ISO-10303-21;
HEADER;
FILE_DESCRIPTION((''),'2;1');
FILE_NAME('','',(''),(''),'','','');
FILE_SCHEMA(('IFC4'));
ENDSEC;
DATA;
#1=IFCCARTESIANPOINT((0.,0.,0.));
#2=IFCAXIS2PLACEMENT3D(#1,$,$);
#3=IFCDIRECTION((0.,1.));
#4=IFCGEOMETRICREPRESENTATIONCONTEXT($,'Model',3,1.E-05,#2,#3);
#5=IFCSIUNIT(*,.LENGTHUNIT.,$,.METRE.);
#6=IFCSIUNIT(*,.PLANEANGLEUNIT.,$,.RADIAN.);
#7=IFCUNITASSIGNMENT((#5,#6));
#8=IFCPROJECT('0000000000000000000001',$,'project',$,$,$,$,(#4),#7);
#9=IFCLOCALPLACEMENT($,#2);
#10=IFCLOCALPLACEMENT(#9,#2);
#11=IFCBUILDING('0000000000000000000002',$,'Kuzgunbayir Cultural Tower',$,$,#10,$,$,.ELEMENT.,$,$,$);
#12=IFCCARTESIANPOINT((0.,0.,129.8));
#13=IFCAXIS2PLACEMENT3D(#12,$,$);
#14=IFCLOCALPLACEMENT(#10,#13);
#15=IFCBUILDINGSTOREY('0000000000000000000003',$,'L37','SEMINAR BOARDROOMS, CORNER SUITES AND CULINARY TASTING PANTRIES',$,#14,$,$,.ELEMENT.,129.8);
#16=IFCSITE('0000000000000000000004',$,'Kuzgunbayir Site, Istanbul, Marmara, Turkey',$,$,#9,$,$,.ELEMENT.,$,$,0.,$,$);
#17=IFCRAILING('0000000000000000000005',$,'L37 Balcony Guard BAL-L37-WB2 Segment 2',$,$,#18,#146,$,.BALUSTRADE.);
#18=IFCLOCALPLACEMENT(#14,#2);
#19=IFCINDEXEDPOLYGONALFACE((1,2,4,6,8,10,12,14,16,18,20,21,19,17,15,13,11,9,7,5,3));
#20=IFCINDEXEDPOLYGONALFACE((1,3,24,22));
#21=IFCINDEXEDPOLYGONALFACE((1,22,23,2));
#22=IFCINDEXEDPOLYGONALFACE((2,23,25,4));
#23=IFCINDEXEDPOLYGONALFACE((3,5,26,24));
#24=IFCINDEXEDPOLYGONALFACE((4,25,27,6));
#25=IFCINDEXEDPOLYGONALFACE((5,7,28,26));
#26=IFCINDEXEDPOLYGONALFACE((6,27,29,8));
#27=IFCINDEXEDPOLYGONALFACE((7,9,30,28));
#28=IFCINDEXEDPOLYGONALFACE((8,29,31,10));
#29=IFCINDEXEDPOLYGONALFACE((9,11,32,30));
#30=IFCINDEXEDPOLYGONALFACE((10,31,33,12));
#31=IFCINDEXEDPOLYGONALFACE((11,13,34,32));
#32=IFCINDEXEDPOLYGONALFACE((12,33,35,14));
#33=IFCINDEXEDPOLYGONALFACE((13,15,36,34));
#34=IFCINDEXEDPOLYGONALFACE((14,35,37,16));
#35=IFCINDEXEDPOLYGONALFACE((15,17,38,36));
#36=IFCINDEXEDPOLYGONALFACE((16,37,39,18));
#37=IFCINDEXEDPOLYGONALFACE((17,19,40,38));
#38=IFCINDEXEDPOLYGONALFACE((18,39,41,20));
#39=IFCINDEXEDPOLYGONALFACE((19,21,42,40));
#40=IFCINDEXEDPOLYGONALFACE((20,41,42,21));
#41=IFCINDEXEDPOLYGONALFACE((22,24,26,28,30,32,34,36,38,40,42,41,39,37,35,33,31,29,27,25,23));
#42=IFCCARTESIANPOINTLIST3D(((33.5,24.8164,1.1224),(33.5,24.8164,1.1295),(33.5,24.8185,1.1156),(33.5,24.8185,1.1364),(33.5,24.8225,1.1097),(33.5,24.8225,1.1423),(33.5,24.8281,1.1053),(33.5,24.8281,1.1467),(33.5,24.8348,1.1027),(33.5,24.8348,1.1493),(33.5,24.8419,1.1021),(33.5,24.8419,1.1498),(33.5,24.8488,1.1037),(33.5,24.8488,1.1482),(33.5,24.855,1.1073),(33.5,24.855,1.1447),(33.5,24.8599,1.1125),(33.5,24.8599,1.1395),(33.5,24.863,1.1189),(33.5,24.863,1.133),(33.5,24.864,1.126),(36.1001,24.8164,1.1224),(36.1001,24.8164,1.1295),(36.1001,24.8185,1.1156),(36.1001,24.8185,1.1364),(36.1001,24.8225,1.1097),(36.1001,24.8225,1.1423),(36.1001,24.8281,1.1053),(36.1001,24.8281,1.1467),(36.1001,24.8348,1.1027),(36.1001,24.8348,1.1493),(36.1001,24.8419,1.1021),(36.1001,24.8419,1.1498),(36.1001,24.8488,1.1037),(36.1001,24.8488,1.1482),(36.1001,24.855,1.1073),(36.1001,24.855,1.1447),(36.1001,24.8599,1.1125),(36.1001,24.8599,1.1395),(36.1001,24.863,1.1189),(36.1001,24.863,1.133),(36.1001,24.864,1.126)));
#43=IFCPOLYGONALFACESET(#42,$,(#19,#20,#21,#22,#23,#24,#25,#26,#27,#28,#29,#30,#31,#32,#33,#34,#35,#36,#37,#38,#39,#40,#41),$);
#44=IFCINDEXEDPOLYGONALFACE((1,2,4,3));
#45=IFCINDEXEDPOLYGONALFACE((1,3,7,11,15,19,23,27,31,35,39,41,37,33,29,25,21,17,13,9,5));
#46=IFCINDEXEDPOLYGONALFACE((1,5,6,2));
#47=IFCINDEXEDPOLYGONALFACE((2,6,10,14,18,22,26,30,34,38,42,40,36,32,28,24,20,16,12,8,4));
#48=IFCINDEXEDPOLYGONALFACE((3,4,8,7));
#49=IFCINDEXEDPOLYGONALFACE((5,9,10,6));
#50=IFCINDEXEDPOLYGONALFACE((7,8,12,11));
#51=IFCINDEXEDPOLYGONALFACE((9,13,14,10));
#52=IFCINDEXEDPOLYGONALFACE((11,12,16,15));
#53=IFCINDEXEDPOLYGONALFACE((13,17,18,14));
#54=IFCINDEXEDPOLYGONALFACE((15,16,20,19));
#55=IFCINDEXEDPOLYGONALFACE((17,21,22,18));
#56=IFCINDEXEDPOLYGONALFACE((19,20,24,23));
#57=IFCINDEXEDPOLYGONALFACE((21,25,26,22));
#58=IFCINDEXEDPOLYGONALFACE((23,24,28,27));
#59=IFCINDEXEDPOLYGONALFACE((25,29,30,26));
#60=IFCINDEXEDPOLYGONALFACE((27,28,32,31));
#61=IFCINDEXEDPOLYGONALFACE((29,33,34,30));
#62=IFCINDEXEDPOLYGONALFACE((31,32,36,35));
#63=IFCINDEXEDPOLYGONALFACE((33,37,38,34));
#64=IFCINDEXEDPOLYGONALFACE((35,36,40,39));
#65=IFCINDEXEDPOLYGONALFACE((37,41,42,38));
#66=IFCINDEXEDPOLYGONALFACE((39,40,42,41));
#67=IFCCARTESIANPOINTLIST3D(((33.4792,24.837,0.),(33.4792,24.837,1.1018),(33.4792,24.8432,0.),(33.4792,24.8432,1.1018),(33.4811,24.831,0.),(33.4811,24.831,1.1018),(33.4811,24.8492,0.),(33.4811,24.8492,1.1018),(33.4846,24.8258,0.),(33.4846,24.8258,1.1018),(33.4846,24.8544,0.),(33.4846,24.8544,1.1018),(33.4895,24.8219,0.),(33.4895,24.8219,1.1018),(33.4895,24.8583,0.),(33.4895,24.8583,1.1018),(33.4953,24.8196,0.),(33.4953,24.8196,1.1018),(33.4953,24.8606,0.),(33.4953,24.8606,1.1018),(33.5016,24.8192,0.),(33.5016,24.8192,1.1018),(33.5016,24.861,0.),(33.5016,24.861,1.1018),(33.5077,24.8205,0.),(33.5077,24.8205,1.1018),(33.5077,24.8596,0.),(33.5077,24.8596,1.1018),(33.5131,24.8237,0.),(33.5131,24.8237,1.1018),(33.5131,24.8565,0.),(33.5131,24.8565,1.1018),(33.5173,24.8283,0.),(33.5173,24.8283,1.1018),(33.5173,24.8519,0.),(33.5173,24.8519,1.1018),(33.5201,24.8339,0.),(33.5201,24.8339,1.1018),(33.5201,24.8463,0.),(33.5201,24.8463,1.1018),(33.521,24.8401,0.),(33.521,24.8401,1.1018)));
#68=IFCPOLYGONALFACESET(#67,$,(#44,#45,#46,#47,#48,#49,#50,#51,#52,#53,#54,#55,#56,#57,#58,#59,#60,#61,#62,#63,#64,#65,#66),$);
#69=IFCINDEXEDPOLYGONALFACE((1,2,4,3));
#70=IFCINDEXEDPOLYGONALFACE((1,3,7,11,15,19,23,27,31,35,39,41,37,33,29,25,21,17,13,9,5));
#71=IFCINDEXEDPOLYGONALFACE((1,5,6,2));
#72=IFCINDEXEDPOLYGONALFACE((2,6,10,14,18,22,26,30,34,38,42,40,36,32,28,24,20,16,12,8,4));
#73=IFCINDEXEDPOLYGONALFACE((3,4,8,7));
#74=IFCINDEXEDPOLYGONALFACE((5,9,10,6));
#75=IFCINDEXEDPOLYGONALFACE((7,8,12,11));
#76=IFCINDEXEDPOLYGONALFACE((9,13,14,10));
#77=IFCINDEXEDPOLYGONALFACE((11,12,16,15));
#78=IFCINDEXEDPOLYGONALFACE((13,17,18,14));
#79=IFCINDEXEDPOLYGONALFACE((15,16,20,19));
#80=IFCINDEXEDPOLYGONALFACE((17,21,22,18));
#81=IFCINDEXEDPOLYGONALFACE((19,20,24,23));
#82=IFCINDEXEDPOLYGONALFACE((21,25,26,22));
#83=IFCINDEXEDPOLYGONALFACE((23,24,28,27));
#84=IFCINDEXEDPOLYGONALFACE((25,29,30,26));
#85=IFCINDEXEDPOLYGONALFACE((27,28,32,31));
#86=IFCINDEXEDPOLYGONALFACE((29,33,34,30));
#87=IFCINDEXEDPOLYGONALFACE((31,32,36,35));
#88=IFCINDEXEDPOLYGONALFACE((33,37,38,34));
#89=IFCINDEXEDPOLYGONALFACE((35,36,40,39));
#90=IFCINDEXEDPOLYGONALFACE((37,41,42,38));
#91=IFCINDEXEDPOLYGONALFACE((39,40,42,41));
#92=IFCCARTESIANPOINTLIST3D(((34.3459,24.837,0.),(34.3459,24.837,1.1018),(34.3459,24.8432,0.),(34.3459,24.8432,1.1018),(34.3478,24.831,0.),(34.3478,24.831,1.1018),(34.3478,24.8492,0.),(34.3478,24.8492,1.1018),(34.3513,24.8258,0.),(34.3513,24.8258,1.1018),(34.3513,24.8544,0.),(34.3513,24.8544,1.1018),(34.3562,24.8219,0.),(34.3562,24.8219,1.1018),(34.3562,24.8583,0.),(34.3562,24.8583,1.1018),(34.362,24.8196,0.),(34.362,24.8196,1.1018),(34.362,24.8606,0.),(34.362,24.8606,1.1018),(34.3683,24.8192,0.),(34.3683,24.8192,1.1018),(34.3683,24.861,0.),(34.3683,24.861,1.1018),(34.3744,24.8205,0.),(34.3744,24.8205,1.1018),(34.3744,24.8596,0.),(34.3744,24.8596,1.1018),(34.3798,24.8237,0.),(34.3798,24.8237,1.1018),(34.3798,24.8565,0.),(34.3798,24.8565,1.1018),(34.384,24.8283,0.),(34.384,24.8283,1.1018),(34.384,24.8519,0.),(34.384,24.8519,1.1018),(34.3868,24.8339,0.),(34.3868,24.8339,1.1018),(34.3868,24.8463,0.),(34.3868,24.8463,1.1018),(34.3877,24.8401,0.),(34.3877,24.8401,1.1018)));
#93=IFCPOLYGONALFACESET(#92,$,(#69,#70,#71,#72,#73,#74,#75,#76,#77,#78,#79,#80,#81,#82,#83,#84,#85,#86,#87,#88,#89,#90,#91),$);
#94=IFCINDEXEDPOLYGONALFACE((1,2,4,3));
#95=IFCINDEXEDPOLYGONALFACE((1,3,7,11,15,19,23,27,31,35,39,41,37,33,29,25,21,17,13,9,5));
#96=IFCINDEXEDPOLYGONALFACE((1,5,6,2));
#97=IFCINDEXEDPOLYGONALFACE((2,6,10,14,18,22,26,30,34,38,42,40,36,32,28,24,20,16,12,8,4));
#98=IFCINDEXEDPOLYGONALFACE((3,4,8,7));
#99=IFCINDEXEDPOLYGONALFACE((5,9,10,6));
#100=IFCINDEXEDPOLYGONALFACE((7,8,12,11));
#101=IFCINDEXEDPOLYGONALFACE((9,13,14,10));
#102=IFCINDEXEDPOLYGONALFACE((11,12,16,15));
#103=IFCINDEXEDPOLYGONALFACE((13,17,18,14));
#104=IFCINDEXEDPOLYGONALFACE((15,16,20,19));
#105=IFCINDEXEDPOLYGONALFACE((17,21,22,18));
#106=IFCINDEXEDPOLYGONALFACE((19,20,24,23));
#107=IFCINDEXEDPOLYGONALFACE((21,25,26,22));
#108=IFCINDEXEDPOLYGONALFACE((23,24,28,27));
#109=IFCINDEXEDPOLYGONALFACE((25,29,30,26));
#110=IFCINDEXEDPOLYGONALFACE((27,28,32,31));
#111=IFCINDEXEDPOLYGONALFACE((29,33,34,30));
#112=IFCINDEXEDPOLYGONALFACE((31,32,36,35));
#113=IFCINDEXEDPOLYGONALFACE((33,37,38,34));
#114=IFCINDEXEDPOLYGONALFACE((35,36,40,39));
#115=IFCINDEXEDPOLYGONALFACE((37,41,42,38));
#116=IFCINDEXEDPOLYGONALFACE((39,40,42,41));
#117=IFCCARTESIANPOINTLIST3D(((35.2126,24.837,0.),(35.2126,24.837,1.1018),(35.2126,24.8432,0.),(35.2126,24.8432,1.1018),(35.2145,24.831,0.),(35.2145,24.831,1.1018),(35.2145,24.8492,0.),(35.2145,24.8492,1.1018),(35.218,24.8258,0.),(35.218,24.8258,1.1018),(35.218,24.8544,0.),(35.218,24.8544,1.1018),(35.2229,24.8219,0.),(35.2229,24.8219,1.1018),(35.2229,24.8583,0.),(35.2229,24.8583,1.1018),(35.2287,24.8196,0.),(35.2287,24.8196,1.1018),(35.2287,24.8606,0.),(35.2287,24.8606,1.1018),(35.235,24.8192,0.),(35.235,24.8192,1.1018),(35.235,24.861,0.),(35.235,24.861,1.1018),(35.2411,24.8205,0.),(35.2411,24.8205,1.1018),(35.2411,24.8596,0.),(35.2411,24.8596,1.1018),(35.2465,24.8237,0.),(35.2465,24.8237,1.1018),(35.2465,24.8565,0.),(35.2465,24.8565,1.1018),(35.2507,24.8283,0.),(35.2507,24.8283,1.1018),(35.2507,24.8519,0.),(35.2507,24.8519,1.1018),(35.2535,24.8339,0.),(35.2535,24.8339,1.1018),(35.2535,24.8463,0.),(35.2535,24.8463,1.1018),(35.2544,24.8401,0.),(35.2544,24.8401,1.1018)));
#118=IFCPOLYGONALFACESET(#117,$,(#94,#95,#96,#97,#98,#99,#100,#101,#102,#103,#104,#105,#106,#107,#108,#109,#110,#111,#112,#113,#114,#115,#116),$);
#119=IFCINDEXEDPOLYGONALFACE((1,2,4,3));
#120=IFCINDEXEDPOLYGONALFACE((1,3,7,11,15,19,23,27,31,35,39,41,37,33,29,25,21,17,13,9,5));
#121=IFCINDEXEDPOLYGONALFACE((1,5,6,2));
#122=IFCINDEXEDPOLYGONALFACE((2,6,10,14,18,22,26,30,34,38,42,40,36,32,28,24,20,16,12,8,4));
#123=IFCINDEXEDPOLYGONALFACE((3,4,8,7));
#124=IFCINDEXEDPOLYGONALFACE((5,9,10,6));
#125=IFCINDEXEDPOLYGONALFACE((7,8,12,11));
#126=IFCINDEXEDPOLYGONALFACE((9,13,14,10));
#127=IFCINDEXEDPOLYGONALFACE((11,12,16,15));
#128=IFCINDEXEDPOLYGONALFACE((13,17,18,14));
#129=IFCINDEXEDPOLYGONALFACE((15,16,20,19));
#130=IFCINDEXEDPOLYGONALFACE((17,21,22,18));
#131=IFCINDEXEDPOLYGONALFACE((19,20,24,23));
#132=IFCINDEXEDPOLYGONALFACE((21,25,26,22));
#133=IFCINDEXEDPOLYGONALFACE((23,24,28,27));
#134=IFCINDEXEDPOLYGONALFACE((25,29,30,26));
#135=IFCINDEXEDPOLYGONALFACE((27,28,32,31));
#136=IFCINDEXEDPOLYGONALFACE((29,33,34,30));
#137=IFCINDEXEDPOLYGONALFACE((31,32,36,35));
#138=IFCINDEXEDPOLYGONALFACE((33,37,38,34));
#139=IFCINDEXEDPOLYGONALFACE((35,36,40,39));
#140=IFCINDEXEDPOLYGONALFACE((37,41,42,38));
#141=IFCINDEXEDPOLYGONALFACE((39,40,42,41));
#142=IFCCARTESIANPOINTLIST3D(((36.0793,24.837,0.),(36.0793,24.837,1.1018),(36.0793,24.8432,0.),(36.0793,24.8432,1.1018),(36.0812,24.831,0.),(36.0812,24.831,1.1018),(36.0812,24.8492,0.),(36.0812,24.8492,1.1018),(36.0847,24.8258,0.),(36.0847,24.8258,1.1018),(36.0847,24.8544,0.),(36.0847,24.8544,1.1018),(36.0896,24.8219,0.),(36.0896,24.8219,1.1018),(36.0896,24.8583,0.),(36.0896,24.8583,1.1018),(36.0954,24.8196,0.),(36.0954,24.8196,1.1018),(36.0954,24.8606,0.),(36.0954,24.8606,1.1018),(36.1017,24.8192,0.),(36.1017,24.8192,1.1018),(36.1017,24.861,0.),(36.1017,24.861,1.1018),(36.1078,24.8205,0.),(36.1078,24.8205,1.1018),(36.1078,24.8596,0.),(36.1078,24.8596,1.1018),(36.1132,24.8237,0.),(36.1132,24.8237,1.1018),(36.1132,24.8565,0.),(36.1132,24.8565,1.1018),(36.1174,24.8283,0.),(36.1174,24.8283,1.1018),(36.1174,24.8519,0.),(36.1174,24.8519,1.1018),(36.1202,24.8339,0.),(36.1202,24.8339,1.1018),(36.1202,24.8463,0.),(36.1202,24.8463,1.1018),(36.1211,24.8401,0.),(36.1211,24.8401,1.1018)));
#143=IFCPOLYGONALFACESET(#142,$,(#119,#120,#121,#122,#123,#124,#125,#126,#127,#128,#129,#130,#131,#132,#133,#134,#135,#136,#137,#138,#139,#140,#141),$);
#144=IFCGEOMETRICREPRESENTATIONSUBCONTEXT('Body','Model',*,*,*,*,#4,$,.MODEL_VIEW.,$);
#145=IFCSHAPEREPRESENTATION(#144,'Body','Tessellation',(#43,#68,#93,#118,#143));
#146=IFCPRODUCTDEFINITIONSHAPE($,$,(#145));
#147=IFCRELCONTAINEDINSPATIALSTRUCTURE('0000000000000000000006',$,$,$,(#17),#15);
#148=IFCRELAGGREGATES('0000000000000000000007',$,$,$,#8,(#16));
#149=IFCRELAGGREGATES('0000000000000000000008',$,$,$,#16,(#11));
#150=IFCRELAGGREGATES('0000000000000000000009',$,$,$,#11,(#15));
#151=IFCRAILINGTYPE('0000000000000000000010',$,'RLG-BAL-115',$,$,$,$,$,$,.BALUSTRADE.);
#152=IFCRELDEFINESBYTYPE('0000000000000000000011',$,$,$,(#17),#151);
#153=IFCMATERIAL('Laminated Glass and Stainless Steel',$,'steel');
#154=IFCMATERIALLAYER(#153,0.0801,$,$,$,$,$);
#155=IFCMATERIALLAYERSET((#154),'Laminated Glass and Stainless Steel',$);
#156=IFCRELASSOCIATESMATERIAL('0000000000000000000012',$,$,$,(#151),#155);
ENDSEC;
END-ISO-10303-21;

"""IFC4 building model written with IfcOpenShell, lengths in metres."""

from ifc_helpers import new_model, si_unit, direction, frame, origin, origin_2d, place, context, subcontext, project, spatial, circle, extrude, material, layer, layer_set, type_object, element, save


model = new_model("IFC4")

# Units and contexts
model_context = context("Model", 3, precision=1e-05, world=origin(), true_north=direction((0.0, 1.0)))
body_context = subcontext(model_context, "Body", "Model", "MODEL_VIEW")
ifc_project = project(units=[si_unit("LENGTHUNIT", "METRE"), si_unit("PLANEANGLEUNIT", "RADIAN")], contexts=[model_context])

# Site, building, storey
site_placement = place(None, origin())
site = spatial("IfcSite", under=ifc_project, at=site_placement, Name="Kuzgunbayir Site, Istanbul, Marmara, Turkey", CompositionType="ELEMENT", RefElevation=0.0)
building_placement = place(site_placement, origin())
building = spatial("IfcBuilding", under=site, at=building_placement, Name="Kuzgunbayir Cultural Tower", CompositionType="ELEMENT")
storey_placement = place(building_placement, frame((0.0, 0.0, 129.8)))
storey = spatial("IfcBuildingStorey", under=building, at=storey_placement, Name="L37", Description="SEMINAR BOARDROOMS, CORNER SUITES AND CULINARY TASTING PANTRIES", CompositionType="ELEMENT", Elevation=129.8)

# Railing
ifc_material_1 = material(Name="Laminated Glass and Stainless Steel", Category="steel")
ifc_layer_1 = layer(ifc_material_1, 0.0801)
ifc_layer_set_1 = layer_set([ifc_layer_1], Name="Laminated Glass and Stainless Steel")
railing_type = type_object("IfcRailingType", Name="RLG-BAL-115", PredefinedType="BALUSTRADE", material=ifc_layer_set_1)
railing_1_placement = place(storey_placement, frame((33.5, 24.8401, 0.0)))
element("IfcRailing", 1, at=railing_1_placement, inside=storey, type_object=railing_type, Name="L37 Balcony Guard BAL-L37-WB2 Segment 2", PredefinedType="BALUSTRADE", context=body_context, shape_type="SweptSolid", body=[
    extrude(circle(Radius=0.0239, at=origin_2d()), frame((0.0, 0.0, 1.126), z_axis=(1.0, 0.0, 0.0), x_axis=(0.0, 1.0, 0.0)), (0.0, 0.0, 1.0), 2.6001),
    extrude(circle(Radius=0.021, at=origin_2d()), origin(), (0.0, 0.0, 1.0), 1.1018),
    extrude(circle(Radius=0.021, at=origin_2d()), frame((0.8667, 0.0, 0.0)), (0.0, 0.0, 1.0), 1.1018),
    extrude(circle(Radius=0.021, at=origin_2d()), frame((1.7334, 0.0, 0.0)), (0.0, 0.0, 1.0), 1.1018),
    extrude(circle(Radius=0.021, at=origin_2d()), frame((2.6001, 0.0, 0.0)), (0.0, 0.0, 1.0), 1.1018),
])

save(model, "model.ifc")
